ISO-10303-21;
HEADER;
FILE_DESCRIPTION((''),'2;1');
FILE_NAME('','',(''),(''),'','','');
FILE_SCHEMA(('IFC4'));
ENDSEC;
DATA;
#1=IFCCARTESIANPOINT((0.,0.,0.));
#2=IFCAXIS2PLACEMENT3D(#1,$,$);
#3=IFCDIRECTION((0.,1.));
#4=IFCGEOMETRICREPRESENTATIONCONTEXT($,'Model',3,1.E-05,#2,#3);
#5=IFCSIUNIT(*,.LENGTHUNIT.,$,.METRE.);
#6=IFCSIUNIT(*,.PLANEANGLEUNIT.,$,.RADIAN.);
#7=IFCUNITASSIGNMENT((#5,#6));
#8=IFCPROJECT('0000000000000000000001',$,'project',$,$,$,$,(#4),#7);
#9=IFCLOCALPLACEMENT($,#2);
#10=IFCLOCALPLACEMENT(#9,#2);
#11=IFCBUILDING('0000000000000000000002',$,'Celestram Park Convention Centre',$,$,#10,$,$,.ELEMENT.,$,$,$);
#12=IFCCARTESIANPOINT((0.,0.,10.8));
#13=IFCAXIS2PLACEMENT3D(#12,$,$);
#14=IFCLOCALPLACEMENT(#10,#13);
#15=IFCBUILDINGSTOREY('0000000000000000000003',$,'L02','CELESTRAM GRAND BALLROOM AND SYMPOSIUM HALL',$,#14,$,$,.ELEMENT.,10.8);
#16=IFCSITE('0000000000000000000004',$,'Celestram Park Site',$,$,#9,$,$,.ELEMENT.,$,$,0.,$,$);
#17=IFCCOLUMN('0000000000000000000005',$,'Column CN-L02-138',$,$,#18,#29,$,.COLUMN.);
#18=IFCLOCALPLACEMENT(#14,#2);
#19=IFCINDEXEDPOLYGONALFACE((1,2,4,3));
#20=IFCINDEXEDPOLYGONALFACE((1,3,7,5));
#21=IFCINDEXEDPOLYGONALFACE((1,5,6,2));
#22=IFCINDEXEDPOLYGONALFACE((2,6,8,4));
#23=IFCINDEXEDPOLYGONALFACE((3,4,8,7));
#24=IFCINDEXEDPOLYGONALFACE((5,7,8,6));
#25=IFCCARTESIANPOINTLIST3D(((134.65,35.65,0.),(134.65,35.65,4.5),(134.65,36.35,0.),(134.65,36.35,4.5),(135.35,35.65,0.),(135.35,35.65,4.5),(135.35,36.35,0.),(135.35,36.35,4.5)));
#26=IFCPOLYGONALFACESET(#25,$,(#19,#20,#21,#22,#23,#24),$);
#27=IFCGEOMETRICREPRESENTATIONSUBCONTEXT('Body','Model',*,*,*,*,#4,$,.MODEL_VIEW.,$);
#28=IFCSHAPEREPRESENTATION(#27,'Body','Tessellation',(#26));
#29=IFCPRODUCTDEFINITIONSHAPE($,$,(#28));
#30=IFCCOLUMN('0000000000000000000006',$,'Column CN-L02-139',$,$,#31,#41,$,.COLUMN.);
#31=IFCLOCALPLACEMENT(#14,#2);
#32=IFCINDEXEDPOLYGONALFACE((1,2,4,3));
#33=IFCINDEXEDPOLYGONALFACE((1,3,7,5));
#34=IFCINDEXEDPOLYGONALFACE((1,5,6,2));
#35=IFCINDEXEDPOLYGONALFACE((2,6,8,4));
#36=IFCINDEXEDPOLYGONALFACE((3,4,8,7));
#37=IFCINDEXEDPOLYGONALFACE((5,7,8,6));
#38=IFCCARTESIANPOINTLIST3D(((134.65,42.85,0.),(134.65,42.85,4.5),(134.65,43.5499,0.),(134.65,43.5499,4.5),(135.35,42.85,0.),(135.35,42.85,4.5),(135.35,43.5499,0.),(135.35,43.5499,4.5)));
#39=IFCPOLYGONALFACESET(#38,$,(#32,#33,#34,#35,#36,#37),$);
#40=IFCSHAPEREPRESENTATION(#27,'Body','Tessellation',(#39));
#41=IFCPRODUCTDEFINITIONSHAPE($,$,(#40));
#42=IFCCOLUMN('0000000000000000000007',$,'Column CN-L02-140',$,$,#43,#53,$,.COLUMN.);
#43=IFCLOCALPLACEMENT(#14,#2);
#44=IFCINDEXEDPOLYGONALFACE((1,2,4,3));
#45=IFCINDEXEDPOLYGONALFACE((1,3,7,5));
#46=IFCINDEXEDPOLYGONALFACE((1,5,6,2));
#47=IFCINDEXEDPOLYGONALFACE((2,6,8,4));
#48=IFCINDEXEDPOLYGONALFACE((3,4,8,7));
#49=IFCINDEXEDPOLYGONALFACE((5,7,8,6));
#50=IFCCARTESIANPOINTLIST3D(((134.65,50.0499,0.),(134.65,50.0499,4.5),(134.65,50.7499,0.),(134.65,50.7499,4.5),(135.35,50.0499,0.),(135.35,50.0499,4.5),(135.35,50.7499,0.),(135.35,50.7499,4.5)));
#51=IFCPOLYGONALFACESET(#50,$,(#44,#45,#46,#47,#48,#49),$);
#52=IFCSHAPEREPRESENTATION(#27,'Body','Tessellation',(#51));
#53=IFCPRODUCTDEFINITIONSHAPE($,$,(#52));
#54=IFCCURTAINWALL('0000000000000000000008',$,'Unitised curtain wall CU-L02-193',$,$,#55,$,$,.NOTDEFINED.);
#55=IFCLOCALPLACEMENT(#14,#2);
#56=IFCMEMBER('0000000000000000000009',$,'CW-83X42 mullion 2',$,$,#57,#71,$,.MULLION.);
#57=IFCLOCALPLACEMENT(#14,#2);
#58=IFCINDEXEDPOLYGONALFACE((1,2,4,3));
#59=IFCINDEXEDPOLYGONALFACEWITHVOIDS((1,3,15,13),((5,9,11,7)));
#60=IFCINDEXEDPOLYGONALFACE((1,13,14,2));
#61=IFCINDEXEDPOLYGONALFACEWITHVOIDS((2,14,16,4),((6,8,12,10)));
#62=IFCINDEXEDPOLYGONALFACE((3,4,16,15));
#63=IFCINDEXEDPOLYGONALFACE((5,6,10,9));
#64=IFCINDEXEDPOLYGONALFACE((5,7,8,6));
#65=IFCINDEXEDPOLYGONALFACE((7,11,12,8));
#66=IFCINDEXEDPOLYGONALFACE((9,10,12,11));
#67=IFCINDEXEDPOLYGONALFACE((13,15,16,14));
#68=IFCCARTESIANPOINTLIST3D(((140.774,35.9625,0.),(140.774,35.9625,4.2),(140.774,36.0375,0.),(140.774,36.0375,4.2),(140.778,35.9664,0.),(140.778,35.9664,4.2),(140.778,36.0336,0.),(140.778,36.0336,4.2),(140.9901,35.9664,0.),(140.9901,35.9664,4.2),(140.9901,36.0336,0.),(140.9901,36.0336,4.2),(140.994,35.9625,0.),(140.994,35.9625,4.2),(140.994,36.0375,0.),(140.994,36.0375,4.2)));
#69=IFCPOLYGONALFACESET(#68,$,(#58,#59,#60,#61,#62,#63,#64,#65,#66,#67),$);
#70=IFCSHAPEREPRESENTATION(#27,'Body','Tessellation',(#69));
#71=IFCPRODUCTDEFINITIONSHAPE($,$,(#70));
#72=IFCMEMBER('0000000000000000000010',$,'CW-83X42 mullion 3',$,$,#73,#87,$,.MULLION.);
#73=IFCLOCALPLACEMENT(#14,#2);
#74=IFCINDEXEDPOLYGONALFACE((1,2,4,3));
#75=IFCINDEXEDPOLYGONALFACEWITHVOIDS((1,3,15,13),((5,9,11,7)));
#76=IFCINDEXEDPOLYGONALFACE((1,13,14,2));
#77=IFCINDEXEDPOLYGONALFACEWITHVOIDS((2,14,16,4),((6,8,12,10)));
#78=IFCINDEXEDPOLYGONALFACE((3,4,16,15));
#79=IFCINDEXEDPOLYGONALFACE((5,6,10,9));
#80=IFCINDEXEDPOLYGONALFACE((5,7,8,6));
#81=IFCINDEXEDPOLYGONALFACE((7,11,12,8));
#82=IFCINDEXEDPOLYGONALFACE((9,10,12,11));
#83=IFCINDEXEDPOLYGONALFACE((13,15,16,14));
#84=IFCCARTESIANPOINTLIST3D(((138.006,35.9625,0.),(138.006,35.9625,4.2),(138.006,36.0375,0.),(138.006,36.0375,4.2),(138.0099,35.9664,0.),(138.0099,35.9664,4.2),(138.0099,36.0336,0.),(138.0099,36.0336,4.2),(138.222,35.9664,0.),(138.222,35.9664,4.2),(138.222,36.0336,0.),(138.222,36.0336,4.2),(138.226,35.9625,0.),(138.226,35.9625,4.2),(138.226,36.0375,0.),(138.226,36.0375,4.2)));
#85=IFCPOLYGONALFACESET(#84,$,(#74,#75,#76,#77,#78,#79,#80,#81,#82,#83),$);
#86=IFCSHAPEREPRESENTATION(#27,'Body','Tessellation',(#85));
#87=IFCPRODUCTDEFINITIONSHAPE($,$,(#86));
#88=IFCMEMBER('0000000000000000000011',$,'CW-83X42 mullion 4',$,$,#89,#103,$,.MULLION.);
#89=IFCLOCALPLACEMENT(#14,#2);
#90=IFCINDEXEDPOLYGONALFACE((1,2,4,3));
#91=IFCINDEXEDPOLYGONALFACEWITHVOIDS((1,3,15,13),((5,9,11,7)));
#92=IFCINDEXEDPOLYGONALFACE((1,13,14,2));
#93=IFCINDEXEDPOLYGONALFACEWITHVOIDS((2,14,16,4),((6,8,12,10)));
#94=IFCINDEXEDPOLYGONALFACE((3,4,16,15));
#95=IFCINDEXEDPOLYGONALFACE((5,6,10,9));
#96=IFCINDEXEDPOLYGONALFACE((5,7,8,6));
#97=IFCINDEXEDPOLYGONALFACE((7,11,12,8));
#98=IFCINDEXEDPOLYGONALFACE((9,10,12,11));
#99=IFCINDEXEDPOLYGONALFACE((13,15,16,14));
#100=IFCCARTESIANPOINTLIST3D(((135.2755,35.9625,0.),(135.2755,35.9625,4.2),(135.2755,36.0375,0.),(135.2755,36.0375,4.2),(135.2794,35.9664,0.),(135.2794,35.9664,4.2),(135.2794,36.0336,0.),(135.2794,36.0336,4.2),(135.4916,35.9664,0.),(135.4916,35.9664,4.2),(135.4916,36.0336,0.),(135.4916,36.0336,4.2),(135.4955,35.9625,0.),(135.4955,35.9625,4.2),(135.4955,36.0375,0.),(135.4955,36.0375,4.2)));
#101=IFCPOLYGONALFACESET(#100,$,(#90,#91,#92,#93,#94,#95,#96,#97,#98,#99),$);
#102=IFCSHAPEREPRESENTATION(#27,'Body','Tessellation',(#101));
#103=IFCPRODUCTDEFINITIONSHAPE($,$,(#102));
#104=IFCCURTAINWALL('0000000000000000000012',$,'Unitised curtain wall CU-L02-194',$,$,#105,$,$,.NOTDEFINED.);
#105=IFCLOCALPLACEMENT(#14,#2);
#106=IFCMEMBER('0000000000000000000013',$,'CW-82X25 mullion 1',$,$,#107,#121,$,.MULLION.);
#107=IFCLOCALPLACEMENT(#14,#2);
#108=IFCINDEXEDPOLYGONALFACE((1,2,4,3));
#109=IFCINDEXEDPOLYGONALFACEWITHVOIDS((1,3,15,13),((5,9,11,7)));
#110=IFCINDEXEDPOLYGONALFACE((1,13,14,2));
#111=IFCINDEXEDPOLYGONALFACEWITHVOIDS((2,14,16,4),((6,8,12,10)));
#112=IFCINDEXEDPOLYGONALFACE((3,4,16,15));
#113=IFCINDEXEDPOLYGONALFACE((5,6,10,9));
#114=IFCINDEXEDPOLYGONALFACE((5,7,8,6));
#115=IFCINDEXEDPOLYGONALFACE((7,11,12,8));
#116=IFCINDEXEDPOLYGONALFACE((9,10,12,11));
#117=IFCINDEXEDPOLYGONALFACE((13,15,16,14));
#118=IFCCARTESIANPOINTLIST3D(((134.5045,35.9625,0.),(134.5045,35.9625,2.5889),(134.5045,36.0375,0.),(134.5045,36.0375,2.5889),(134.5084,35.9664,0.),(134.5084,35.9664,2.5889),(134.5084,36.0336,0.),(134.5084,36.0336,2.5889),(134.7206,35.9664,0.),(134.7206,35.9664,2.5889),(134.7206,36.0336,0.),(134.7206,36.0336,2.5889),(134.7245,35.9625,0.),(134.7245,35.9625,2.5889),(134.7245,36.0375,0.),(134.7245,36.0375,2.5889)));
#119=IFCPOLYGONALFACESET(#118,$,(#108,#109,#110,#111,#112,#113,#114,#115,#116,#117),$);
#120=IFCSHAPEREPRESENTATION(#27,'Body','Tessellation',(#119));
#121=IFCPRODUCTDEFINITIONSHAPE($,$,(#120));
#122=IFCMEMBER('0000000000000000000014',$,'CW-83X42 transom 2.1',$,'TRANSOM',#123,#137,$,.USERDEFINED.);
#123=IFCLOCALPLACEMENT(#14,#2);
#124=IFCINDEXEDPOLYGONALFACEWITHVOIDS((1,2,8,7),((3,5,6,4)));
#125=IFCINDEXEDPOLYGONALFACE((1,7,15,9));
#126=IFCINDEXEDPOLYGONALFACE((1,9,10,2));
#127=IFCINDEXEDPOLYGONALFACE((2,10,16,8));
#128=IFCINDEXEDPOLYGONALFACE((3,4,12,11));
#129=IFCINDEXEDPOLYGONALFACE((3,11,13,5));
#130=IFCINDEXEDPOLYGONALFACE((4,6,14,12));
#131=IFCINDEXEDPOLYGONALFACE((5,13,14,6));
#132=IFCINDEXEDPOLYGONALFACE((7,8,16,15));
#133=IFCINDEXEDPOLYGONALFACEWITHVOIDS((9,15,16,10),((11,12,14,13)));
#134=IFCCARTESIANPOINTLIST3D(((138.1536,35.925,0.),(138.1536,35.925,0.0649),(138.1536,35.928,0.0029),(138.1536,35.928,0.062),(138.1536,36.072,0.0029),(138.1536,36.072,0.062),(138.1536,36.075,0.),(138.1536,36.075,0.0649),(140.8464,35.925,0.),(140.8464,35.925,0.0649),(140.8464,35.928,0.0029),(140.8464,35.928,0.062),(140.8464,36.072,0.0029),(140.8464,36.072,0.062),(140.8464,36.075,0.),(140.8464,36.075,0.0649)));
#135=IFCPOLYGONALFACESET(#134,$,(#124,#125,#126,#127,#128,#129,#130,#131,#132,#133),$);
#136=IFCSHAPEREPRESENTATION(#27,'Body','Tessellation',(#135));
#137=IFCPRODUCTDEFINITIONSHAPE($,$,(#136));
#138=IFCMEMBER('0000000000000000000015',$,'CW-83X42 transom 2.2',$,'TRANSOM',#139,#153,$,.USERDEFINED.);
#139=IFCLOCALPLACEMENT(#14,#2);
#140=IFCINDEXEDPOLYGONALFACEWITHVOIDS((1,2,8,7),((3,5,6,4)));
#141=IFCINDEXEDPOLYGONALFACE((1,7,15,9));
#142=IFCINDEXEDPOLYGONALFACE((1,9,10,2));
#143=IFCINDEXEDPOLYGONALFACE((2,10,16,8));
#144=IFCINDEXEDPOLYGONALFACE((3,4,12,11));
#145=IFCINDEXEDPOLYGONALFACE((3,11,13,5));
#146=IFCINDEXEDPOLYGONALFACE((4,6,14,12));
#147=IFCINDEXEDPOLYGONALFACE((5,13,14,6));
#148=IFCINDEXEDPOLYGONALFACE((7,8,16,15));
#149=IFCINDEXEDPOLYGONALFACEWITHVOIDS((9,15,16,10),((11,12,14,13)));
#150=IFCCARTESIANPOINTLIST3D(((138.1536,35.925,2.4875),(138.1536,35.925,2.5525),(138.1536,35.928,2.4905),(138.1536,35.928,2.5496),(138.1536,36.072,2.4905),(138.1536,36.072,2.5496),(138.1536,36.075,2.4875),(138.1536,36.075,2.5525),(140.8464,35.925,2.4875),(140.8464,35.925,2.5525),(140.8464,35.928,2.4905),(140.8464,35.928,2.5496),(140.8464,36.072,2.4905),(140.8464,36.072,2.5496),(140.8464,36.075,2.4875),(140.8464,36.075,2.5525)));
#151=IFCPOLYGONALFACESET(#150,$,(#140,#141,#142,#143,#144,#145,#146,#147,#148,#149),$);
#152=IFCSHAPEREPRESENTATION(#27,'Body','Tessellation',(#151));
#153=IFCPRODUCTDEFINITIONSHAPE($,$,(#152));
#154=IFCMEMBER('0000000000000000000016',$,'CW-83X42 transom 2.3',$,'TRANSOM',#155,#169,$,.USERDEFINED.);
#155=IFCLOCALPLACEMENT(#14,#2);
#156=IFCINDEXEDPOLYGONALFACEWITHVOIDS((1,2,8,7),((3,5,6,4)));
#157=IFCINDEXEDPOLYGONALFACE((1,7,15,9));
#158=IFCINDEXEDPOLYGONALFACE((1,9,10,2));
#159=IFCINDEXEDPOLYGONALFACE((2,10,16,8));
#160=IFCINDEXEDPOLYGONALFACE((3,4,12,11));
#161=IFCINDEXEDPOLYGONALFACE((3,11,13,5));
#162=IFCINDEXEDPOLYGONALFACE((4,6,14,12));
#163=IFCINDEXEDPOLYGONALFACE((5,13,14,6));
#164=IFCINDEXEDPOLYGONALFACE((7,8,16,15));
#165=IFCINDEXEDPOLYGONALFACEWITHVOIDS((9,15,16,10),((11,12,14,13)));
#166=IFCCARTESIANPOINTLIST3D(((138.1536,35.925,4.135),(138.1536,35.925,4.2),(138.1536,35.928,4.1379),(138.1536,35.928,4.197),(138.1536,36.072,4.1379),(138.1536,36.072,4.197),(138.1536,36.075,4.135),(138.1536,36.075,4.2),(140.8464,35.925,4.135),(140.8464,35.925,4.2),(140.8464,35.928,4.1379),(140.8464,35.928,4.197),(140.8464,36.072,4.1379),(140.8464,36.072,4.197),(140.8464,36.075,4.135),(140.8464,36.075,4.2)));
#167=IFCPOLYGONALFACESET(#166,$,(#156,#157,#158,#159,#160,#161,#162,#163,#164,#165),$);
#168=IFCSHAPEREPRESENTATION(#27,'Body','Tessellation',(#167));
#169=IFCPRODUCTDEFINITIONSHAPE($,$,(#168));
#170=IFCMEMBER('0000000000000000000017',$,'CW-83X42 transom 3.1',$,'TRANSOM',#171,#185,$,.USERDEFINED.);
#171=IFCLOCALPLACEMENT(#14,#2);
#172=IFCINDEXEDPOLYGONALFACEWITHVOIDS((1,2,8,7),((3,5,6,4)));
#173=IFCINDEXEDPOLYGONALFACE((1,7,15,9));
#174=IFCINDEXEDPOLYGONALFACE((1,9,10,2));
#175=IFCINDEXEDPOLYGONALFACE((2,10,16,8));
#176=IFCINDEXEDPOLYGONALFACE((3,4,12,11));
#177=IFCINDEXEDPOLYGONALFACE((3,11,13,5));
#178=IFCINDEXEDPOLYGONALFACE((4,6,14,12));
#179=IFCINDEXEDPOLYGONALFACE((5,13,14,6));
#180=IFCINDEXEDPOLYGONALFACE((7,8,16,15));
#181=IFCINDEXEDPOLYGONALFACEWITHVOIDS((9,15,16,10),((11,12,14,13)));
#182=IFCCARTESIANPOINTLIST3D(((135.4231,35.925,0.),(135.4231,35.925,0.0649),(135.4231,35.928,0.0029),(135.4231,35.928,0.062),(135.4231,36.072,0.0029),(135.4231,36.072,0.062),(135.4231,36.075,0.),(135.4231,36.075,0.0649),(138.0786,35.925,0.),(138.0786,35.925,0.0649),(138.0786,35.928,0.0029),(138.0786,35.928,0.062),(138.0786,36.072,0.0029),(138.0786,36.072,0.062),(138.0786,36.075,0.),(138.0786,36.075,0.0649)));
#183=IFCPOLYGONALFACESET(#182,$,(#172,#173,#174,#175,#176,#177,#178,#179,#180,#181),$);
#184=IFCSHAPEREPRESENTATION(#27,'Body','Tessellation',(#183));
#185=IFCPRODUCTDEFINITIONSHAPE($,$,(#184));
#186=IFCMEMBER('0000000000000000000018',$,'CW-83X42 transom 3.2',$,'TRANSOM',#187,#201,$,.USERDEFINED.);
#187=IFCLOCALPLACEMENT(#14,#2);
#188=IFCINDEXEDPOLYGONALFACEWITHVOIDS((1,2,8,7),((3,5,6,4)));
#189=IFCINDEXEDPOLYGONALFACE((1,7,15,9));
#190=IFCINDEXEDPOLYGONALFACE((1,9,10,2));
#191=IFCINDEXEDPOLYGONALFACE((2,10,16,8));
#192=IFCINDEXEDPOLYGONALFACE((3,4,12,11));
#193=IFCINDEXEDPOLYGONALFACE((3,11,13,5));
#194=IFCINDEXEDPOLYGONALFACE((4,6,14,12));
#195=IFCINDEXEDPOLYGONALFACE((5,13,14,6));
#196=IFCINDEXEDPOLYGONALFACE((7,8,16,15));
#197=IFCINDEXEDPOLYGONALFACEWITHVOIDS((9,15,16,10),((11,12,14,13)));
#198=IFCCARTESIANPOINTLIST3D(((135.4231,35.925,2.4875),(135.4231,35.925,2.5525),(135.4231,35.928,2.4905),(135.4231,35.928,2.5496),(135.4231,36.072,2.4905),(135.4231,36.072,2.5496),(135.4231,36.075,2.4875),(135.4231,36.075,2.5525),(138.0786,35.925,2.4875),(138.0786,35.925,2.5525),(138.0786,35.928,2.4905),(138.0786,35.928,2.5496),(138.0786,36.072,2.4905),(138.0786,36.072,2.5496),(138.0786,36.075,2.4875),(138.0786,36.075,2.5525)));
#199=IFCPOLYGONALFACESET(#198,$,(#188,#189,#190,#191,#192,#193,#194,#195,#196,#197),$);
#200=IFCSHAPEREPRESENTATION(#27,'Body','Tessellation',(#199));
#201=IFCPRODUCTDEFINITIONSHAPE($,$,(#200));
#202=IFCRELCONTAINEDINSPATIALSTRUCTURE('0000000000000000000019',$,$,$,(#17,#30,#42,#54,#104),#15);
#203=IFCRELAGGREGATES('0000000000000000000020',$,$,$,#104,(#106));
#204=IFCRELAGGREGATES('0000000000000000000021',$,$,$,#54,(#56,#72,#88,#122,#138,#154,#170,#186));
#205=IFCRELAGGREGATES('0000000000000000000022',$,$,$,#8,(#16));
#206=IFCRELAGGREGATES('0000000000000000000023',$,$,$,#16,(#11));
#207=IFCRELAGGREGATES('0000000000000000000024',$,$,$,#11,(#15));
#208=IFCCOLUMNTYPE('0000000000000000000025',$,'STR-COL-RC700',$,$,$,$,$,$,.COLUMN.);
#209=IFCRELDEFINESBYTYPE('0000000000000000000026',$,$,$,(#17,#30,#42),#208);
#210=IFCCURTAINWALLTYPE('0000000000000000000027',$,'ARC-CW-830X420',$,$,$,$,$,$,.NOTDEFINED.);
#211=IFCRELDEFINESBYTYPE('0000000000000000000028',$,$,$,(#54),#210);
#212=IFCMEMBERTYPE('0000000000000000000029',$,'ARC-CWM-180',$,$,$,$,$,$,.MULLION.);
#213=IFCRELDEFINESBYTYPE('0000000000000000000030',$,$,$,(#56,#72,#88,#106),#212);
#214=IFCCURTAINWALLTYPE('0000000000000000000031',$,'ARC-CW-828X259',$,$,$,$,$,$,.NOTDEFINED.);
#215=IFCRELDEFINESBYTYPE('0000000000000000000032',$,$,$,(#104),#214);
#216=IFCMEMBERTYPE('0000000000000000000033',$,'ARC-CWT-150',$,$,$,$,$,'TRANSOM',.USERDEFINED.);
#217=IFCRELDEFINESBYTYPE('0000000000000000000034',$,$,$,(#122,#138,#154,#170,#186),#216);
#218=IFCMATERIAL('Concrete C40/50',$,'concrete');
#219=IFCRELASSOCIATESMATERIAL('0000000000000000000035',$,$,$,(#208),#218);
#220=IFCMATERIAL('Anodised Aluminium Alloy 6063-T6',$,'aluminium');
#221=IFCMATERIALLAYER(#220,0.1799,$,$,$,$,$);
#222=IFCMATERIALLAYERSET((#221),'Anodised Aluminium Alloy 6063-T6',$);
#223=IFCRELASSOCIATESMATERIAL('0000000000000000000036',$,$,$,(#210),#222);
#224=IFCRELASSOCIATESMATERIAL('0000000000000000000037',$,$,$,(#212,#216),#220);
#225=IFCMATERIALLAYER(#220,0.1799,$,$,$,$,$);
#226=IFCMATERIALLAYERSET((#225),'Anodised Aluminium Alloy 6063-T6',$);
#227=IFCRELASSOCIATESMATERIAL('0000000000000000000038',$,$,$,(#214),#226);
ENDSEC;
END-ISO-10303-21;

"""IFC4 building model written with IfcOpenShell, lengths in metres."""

from ifc_helpers import new_model, si_unit, direction, frame, origin, origin_2d, place, context, subcontext, project, spatial, rectangle, hollow_rectangle, extrude, material, layer, layer_set, material_profile, profile_set, type_object, element, aggregate, save


model = new_model("IFC4")

# Units and contexts
model_context = context("Model", 3, precision=1e-05, world=origin(), true_north=direction((0.0, 1.0)))
body_context = subcontext(model_context, "Body", "Model", "MODEL_VIEW")
ifc_project = project(units=[si_unit("LENGTHUNIT", "METRE"), si_unit("PLANEANGLEUNIT", "RADIAN")], contexts=[model_context])

# Site, building, storey
site_placement = place(None, origin())
site = spatial("IfcSite", under=ifc_project, at=site_placement, Name="Celestram Park Site", CompositionType="ELEMENT", RefElevation=0.0)
building_placement = place(site_placement, origin())
building = spatial("IfcBuilding", under=site, at=building_placement, Name="Celestram Park Convention Centre", CompositionType="ELEMENT")
storey_placement = place(building_placement, frame((0.0, 0.0, 10.8)))
storey = spatial("IfcBuildingStorey", under=building, at=storey_placement, Name="L02", Description="CELESTRAM GRAND BALLROOM AND SYMPOSIUM HALL", CompositionType="ELEMENT", Elevation=10.8)

# Columns
ifc_material_1 = material(Name="Concrete C40/50", Category="concrete")
ifc_material_profile_1 = material_profile(ifc_material_1, rectangle(XDim=0.7, YDim=0.7, at=origin_2d()), Name="RC700X700")
ifc_profile_set_1 = profile_set([ifc_material_profile_1], Name="Concrete C40/50")
column_type = type_object("IfcColumnType", Name="STR-COL-RC700", PredefinedType="COLUMN", material=ifc_profile_set_1)
for number, where, z_axis, x_axis, name in (
    (1, (135.0, 36.0, 0.0), (0.0, 0.0, 1.0), (1.0, 0.0, 0.0), "Column CN-L02-138"),
    (2, (135.0, 43.2, 0.0), (0.0, 0.0, 1.0), (1.0, 0.0, 0.0), "Column CN-L02-139"),
    (3, (135.0, 50.3999, 0.0), (0.0, 0.0, 1.0), (1.0, 0.0, 0.0), "Column CN-L02-140"),
):
    element("IfcColumn", number, at=place(storey_placement, frame(where, z_axis=z_axis, x_axis=x_axis)), inside=storey, type_object=column_type, Name=name, PredefinedType="COLUMN", context=body_context, shape_type="SweptSolid", body=[
        extrude(rectangle(XDim=0.7, YDim=0.7, at=origin_2d()), origin(), (0.0, 0.0, 1.0), 4.5),
    ])

# Curtain wall, members
ifc_material_2 = material(Name="Anodised Aluminium Alloy 6063-T6", Category="aluminium")
ifc_layer_1 = layer(ifc_material_2, 0.1799)
ifc_layer_set_1 = layer_set([ifc_layer_1], Name="Anodised Aluminium Alloy 6063-T6")
curtain_wall_type_1 = type_object("IfcCurtainWallType", Name="ARC-CW-830X420", PredefinedType="NOTDEFINED", material=ifc_layer_set_1)
curtain_wall_1_placement = place(storey_placement, origin())
curtain_wall_1 = element("IfcCurtainWall", 4, at=curtain_wall_1_placement, inside=storey, type_object=curtain_wall_type_1, Name="Unitised curtain wall CU-L02-193", PredefinedType="NOTDEFINED")
ifc_material_profile_2 = material_profile(ifc_material_2, hollow_rectangle(XDim=0.075, YDim=0.22, WallThickness=0.0039, at=origin_2d()), Name="ALU75X220X4")
ifc_profile_set_2 = profile_set([ifc_material_profile_2], Name="Anodised Aluminium Alloy 6063-T6")
member_type_1 = type_object("IfcMemberType", Name="ARC-CWM-180", PredefinedType="MULLION", material=ifc_profile_set_2)
member_1_placement = place(storey_placement, frame((140.884, 36.0, 0.0), z_axis=(0.0, 0.0, 1.0), x_axis=(0.0, -1.0, 0.0)))
member_1 = element("IfcMember", 5, at=member_1_placement, type_object=member_type_1, Name="CW-83X42 mullion 2", PredefinedType="MULLION", context=body_context, shape_type="SweptSolid", body=[
    extrude(hollow_rectangle(XDim=0.075, YDim=0.22, WallThickness=0.0039, at=origin_2d()), origin(), (0.0, 0.0, 1.0), 4.2),
])
member_2_placement = place(storey_placement, frame((138.116, 36.0, 0.0), z_axis=(0.0, 0.0, 1.0), x_axis=(0.0, -1.0, 0.0)))
member_2 = element("IfcMember", 6, at=member_2_placement, type_object=member_type_1, Name="CW-83X42 mullion 3", PredefinedType="MULLION", context=body_context, shape_type="SweptSolid", body=[
    extrude(hollow_rectangle(XDim=0.075, YDim=0.22, WallThickness=0.0039, at=origin_2d()), origin(), (0.0, 0.0, 1.0), 4.2),
])
member_3_placement = place(storey_placement, frame((135.3855, 36.0, 0.0), z_axis=(0.0, 0.0, 1.0), x_axis=(0.0, -1.0, 0.0)))
member_3 = element("IfcMember", 7, at=member_3_placement, type_object=member_type_1, Name="CW-83X42 mullion 4", PredefinedType="MULLION", context=body_context, shape_type="SweptSolid", body=[
    extrude(hollow_rectangle(XDim=0.075, YDim=0.22, WallThickness=0.0039, at=origin_2d()), origin(), (0.0, 0.0, 1.0), 4.2),
])

# Curtain wall, member
ifc_layer_2 = layer(ifc_material_2, 0.1799)
ifc_layer_set_2 = layer_set([ifc_layer_2], Name="Anodised Aluminium Alloy 6063-T6")
curtain_wall_type_2 = type_object("IfcCurtainWallType", Name="ARC-CW-828X259", PredefinedType="NOTDEFINED", material=ifc_layer_set_2)
curtain_wall_2_placement = place(storey_placement, origin())
curtain_wall_2 = element("IfcCurtainWall", 8, at=curtain_wall_2_placement, inside=storey, type_object=curtain_wall_type_2, Name="Unitised curtain wall CU-L02-194", PredefinedType="NOTDEFINED")
member_4_placement = place(storey_placement, frame((134.6145, 36.0, 0.0), z_axis=(0.0, 0.0, 1.0), x_axis=(0.0, -1.0, 0.0)))
member_4 = element("IfcMember", 9, at=member_4_placement, type_object=member_type_1, Name="CW-82X25 mullion 1", PredefinedType="MULLION", context=body_context, shape_type="SweptSolid", body=[
    extrude(hollow_rectangle(XDim=0.075, YDim=0.22, WallThickness=0.0039, at=origin_2d()), origin(), (0.0, 0.0, 1.0), 2.5889),
])
aggregate(curtain_wall_2, [member_4])

# Members
ifc_material_profile_3 = material_profile(ifc_material_2, hollow_rectangle(XDim=0.1499, YDim=0.0649, WallThickness=0.0029, at=origin_2d()), Name="ALU150X65X3")
ifc_profile_set_3 = profile_set([ifc_material_profile_3], Name="Anodised Aluminium Alloy 6063-T6")
member_type_2 = type_object("IfcMemberType", Name="ARC-CWT-150", ElementType="TRANSOM", PredefinedType="USERDEFINED", material=ifc_profile_set_3)
member_5_placement = place(storey_placement, frame((140.8464, 36.0, 0.0325), z_axis=(-1.0, 0.0, 0.0), x_axis=(0.0, -1.0, 0.0)))
member_5 = element("IfcMember", 10, at=member_5_placement, type_object=member_type_2, Name="CW-83X42 transom 2.1", ObjectType="TRANSOM", PredefinedType="USERDEFINED", context=body_context, shape_type="SweptSolid", body=[
    extrude(hollow_rectangle(XDim=0.1499, YDim=0.0649, WallThickness=0.0029, at=origin_2d()), origin(), (0.0, 0.0, 1.0), 2.6929),
])
member_6_placement = place(storey_placement, frame((140.8464, 36.0, 2.52), z_axis=(-1.0, 0.0, 0.0), x_axis=(0.0, -1.0, 0.0)))
member_6 = element("IfcMember", 11, at=member_6_placement, type_object=member_type_2, Name="CW-83X42 transom 2.2", ObjectType="TRANSOM", PredefinedType="USERDEFINED", context=body_context, shape_type="SweptSolid", body=[
    extrude(hollow_rectangle(XDim=0.1499, YDim=0.0649, WallThickness=0.0029, at=origin_2d()), origin(), (0.0, 0.0, 1.0), 2.6929),
])
member_7_placement = place(storey_placement, frame((140.8464, 36.0, 4.1675), z_axis=(-1.0, 0.0, 0.0), x_axis=(0.0, -1.0, 0.0)))
member_7 = element("IfcMember", 12, at=member_7_placement, type_object=member_type_2, Name="CW-83X42 transom 2.3", ObjectType="TRANSOM", PredefinedType="USERDEFINED", context=body_context, shape_type="SweptSolid", body=[
    extrude(hollow_rectangle(XDim=0.1499, YDim=0.0649, WallThickness=0.0029, at=origin_2d()), origin(), (0.0, 0.0, 1.0), 2.6929),
])
member_8_placement = place(storey_placement, frame((138.0786, 36.0, 0.0325), z_axis=(-1.0, 0.0, 0.0), x_axis=(0.0, -1.0, 0.0)))
member_8 = element("IfcMember", 13, at=member_8_placement, type_object=member_type_2, Name="CW-83X42 transom 3.1", ObjectType="TRANSOM", PredefinedType="USERDEFINED", context=body_context, shape_type="SweptSolid", body=[
    extrude(hollow_rectangle(XDim=0.1499, YDim=0.0649, WallThickness=0.0029, at=origin_2d()), origin(), (0.0, 0.0, 1.0), 2.6555),
])
member_9_placement = place(storey_placement, frame((138.0786, 36.0, 2.52), z_axis=(-1.0, 0.0, 0.0), x_axis=(0.0, -1.0, 0.0)))
member_9 = element("IfcMember", 14, at=member_9_placement, type_object=member_type_2, Name="CW-83X42 transom 3.2", ObjectType="TRANSOM", PredefinedType="USERDEFINED", context=body_context, shape_type="SweptSolid", body=[
    extrude(hollow_rectangle(XDim=0.1499, YDim=0.0649, WallThickness=0.0029, at=origin_2d()), origin(), (0.0, 0.0, 1.0), 2.6555),
])

aggregate(curtain_wall_1, [member_1, member_2, member_3, member_5, member_6, member_7, member_8, member_9])

save(model, "model.ifc")
